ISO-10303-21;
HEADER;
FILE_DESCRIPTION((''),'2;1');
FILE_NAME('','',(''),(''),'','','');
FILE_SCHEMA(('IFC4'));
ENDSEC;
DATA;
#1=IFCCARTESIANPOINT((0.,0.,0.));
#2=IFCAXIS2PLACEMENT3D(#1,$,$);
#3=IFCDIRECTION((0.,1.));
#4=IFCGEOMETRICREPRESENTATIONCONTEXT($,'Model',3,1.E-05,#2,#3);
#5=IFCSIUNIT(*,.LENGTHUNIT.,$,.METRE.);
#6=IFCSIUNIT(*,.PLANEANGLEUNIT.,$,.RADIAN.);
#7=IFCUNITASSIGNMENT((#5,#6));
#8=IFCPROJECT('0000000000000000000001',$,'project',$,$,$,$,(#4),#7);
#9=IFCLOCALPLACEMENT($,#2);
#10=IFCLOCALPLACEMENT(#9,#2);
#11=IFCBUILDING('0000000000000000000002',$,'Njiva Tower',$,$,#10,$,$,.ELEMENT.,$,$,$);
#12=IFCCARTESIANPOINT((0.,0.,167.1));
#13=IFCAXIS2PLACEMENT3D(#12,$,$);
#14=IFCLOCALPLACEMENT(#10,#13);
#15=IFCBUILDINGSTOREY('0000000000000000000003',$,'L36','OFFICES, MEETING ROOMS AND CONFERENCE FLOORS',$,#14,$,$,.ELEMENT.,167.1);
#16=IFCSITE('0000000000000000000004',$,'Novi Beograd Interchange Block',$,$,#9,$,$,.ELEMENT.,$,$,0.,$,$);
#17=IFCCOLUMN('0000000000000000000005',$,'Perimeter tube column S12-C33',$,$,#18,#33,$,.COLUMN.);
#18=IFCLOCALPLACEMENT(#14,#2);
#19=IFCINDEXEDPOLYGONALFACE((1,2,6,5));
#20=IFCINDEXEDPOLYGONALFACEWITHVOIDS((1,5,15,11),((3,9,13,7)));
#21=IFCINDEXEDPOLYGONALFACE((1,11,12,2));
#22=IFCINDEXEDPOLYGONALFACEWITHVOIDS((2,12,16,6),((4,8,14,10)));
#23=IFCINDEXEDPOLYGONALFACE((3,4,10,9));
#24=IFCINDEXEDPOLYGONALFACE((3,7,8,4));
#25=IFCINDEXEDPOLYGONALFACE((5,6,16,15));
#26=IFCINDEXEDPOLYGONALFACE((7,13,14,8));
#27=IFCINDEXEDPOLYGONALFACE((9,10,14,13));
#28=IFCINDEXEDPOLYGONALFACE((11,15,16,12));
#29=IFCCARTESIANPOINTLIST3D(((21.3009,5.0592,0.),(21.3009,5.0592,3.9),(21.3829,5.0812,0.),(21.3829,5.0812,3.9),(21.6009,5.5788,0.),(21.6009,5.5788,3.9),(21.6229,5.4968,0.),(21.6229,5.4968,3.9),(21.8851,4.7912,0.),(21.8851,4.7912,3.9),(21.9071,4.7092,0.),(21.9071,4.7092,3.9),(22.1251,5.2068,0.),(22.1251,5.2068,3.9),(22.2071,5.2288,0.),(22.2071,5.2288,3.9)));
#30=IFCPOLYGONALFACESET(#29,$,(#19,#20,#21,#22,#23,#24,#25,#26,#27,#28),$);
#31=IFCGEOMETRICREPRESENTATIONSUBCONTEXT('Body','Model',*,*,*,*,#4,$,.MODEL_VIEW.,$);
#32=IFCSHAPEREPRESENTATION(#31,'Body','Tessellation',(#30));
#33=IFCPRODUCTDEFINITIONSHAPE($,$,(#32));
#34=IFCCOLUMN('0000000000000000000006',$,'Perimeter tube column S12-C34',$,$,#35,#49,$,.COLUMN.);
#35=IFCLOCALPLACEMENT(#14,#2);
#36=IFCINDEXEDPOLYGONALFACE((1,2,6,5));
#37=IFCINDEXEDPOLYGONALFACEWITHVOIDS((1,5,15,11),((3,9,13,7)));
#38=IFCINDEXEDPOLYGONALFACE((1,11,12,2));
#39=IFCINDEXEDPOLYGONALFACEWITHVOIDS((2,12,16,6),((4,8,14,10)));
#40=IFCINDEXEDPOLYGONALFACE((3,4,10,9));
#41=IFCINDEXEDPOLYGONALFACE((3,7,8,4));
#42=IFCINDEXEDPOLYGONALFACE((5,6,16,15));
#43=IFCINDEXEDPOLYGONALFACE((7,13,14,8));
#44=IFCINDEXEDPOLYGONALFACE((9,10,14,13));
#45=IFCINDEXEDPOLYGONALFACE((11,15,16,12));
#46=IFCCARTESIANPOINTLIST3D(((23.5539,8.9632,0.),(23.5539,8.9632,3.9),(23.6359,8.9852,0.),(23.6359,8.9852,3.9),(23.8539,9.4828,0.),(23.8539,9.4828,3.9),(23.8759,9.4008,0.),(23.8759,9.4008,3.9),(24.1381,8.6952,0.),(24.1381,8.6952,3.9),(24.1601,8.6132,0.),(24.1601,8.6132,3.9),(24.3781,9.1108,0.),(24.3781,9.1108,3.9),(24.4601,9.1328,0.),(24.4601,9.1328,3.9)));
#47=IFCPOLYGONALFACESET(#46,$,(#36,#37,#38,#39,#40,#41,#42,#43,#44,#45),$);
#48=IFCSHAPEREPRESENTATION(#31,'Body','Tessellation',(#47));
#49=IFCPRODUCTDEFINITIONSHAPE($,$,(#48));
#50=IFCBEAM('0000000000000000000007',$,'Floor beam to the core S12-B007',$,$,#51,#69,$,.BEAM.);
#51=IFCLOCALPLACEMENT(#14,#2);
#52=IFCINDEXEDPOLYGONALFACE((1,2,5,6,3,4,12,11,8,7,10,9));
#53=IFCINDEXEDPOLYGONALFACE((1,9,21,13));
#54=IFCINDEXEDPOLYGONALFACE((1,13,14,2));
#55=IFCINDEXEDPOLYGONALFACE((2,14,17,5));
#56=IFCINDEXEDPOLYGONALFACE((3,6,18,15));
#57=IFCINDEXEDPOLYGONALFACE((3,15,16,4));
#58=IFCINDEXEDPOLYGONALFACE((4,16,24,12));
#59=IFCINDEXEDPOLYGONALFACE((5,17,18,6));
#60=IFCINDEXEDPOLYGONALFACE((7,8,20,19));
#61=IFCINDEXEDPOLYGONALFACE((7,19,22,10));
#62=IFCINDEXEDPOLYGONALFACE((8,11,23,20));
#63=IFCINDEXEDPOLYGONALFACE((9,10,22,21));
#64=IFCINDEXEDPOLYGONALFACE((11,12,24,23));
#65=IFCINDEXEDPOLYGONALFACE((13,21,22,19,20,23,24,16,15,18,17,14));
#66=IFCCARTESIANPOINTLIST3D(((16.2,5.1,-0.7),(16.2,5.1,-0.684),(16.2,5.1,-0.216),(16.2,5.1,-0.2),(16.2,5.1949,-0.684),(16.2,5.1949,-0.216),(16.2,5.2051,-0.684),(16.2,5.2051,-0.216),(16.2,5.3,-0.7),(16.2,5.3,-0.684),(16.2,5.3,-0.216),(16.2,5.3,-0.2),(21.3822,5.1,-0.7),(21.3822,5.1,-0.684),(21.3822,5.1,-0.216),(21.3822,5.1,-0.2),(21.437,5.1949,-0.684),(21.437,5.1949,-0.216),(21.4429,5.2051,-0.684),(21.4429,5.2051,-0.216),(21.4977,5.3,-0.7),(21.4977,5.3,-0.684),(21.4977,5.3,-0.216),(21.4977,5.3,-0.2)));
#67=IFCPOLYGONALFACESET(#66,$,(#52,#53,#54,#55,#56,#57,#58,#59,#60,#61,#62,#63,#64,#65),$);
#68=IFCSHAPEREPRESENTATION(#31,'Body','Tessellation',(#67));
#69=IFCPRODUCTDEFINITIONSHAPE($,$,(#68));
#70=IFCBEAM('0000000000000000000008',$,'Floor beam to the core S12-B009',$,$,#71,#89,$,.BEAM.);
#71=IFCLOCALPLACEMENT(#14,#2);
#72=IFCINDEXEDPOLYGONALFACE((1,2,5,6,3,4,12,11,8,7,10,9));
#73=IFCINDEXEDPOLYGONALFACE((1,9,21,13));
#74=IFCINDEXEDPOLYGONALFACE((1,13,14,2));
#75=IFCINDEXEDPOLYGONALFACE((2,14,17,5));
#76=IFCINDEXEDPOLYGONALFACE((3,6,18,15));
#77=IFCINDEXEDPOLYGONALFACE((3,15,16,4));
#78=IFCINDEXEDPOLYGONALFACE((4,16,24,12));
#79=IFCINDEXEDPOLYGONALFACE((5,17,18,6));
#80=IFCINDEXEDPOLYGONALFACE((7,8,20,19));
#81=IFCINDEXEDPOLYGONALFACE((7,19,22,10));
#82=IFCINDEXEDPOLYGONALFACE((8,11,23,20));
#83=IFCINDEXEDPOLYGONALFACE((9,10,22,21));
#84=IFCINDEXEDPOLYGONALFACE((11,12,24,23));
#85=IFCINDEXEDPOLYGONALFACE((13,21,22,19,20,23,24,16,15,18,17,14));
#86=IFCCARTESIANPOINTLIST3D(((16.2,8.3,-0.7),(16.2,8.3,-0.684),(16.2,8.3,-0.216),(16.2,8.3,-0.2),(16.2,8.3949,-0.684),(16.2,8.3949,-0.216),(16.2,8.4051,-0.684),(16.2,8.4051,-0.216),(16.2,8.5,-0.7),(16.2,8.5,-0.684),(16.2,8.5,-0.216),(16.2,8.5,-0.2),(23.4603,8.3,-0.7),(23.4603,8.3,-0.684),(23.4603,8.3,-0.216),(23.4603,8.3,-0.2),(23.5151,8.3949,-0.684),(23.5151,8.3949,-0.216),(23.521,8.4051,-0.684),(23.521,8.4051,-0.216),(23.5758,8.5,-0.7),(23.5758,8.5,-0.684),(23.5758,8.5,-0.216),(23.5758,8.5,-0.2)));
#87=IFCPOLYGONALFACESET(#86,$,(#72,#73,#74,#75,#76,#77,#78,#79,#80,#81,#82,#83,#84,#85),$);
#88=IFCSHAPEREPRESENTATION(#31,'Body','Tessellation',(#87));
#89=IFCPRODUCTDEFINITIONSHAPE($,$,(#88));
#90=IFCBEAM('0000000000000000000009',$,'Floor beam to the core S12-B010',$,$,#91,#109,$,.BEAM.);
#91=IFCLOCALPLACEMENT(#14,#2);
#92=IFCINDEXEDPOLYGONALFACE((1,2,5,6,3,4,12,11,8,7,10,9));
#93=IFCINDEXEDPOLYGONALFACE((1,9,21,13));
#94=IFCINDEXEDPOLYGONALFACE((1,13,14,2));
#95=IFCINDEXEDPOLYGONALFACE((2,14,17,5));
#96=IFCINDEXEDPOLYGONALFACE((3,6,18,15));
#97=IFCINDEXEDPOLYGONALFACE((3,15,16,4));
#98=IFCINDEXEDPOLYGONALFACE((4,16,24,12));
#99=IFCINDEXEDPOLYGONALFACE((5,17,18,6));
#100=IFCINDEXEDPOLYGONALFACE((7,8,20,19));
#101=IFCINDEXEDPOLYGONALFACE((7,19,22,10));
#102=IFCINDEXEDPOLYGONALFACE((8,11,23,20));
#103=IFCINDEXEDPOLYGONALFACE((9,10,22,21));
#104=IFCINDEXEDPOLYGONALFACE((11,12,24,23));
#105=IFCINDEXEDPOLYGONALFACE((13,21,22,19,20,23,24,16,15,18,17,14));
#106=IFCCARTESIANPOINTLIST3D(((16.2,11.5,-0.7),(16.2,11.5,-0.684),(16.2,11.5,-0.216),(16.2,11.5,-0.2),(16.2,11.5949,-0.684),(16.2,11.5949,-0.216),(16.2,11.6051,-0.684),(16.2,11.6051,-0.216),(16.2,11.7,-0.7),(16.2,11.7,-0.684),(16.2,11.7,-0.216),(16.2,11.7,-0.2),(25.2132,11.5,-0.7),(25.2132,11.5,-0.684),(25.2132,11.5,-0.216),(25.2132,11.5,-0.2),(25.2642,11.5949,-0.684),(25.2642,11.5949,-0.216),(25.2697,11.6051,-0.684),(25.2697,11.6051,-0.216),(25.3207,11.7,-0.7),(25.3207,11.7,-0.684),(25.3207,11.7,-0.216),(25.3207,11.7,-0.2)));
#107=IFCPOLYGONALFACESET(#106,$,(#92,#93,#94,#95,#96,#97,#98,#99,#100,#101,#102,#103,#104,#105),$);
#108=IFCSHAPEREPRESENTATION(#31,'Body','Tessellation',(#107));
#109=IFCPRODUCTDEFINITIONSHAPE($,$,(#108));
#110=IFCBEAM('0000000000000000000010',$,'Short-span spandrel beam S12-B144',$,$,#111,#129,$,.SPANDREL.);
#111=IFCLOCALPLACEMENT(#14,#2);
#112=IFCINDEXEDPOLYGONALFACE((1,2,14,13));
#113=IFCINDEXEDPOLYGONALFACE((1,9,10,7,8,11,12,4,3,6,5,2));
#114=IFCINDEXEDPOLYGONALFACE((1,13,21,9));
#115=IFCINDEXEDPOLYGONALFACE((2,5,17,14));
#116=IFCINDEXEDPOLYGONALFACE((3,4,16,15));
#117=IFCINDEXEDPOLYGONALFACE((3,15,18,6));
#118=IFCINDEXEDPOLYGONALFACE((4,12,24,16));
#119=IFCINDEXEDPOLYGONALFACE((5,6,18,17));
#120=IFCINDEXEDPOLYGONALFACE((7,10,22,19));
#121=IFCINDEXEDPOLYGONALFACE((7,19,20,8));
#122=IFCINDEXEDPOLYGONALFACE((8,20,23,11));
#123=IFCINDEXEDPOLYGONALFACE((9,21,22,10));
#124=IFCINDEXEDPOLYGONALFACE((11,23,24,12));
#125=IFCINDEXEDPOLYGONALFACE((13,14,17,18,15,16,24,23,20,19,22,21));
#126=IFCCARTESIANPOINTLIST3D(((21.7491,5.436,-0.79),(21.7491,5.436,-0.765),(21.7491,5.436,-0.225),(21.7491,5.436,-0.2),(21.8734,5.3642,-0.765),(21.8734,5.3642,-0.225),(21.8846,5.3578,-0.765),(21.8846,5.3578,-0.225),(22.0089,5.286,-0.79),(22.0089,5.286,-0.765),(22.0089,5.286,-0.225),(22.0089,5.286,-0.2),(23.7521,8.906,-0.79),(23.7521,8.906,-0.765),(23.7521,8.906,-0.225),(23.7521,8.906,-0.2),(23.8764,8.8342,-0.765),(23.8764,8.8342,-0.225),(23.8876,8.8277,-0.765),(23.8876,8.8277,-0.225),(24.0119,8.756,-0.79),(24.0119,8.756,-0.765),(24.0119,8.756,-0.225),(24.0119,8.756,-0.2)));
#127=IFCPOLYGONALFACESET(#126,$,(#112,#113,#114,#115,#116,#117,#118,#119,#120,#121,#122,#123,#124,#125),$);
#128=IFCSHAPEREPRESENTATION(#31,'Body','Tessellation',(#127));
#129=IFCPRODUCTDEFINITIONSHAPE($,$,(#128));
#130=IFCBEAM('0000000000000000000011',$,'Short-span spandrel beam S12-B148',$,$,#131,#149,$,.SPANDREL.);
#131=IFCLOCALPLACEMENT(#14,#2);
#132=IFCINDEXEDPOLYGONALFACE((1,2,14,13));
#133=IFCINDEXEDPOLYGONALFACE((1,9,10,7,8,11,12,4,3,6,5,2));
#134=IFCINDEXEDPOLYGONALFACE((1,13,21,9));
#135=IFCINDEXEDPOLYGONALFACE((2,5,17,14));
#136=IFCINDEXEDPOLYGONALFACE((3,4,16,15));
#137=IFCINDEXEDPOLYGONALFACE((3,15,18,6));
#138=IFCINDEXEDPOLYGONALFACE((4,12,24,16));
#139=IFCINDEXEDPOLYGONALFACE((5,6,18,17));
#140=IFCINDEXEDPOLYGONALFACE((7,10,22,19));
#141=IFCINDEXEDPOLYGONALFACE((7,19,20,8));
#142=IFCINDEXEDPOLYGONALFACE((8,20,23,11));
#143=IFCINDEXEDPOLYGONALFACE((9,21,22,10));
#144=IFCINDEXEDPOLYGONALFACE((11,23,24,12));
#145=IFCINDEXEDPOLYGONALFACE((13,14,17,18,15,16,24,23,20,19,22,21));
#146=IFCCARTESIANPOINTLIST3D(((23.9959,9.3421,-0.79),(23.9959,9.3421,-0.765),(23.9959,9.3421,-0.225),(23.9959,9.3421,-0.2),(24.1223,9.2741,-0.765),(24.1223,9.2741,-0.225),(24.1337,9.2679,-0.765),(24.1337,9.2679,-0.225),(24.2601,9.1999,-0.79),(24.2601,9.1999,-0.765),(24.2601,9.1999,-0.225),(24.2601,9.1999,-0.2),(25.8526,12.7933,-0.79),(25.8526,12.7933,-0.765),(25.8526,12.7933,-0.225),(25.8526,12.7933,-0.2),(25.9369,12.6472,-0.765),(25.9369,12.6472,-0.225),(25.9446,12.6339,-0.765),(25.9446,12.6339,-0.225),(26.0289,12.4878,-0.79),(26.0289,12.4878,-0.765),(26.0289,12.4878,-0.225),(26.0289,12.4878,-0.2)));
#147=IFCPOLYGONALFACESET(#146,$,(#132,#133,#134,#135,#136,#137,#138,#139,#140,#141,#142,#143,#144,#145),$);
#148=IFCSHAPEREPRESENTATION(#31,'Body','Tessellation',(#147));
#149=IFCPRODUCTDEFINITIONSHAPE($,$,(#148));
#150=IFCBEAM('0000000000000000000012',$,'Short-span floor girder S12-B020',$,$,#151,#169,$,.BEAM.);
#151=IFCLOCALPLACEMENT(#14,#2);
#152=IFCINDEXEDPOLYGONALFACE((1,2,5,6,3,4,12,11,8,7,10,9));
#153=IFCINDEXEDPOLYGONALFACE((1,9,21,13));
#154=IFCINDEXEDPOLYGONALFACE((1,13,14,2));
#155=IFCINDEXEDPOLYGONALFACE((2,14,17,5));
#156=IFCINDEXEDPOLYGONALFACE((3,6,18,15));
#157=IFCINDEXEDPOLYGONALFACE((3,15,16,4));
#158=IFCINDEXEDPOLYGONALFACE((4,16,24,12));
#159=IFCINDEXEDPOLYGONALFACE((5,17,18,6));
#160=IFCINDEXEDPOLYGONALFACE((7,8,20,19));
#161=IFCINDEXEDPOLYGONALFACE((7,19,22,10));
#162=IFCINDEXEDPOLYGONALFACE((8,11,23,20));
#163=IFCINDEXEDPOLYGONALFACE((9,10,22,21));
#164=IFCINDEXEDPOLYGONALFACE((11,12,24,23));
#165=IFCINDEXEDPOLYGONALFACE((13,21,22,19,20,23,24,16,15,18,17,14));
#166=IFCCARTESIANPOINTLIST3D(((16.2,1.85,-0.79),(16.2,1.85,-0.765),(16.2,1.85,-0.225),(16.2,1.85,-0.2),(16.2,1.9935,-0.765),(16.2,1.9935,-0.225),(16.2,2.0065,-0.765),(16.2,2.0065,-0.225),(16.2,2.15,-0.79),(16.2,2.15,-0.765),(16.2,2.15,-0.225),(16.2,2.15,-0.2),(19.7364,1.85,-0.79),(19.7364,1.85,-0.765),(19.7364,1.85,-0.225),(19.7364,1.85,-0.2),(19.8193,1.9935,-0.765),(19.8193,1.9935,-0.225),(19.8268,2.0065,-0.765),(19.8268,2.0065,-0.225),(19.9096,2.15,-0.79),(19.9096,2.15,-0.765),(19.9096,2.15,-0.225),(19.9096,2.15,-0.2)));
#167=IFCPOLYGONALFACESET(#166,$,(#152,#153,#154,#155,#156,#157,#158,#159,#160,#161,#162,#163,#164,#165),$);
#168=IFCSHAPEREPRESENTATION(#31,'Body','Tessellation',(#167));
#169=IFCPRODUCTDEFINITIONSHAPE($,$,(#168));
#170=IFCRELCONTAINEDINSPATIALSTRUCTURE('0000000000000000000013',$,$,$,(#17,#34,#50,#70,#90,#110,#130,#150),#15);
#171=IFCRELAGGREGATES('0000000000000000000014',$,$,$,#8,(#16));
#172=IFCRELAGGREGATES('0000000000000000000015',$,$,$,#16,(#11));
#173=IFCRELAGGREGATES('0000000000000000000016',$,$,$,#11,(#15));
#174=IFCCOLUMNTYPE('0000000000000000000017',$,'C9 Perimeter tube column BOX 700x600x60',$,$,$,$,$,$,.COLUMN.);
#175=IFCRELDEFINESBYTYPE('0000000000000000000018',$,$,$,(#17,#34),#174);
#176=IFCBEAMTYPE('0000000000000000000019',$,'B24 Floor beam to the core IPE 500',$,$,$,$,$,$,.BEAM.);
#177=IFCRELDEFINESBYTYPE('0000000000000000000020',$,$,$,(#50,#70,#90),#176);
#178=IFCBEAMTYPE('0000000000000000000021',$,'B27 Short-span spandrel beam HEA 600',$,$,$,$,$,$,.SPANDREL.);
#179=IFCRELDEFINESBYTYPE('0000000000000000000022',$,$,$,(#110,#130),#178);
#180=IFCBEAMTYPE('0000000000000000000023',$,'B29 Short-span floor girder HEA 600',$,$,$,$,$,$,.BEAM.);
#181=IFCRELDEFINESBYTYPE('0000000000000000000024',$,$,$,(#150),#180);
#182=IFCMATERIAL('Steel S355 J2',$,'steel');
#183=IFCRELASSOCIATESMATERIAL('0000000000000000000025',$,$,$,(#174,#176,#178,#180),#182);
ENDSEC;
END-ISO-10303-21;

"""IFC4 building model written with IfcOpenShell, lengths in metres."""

from ifc_helpers import new_model, si_unit, direction, frame, origin, origin_2d, place, context, subcontext, project, spatial, hollow_rectangle, i_section, extrude, clip, halfspace, material, material_profile, profile_set, type_object, element, save


model = new_model("IFC4")

# Units and contexts
model_context = context("Model", 3, precision=1e-05, world=origin(), true_north=direction((0.0, 1.0)))
body_context = subcontext(model_context, "Body", "Model", "MODEL_VIEW")
ifc_project = project(units=[si_unit("LENGTHUNIT", "METRE"), si_unit("PLANEANGLEUNIT", "RADIAN")], contexts=[model_context])

# Site, building, storey
site_placement = place(None, origin())
site = spatial("IfcSite", under=ifc_project, at=site_placement, Name="Novi Beograd Interchange Block", CompositionType="ELEMENT", RefElevation=0.0)
building_placement = place(site_placement, origin())
building = spatial("IfcBuilding", under=site, at=building_placement, Name="Njiva Tower", CompositionType="ELEMENT")
storey_placement = place(building_placement, frame((0.0, 0.0, 167.1)))
storey = spatial("IfcBuildingStorey", under=building, at=storey_placement, Name="L36", Description="OFFICES, MEETING ROOMS AND CONFERENCE FLOORS", CompositionType="ELEMENT", Elevation=167.1)

# Columns
ifc_material_1 = material(Name="Steel S355 J2", Category="steel")
ifc_material_profile_1 = material_profile(ifc_material_1, hollow_rectangle(XDim=0.6, YDim=0.7, WallThickness=0.06, at=origin_2d()), Name="BOX 700x600x60")
ifc_profile_set_1 = profile_set([ifc_material_profile_1], Name="Steel S355 J2")
column_type = type_object("IfcColumnType", Name="C9 Perimeter tube column BOX 700x600x60", PredefinedType="COLUMN", material=ifc_profile_set_1)
for number, where, z_axis, x_axis, name in (
    (1, (21.754, 5.144, 0.0), (0.0, 0.0, 1.0), (0.5, 0.866025, 0.0), "Perimeter tube column S12-C33"),
    (2, (24.007, 9.048, 0.0), (0.0, 0.0, 1.0), (0.5, 0.866025, 0.0), "Perimeter tube column S12-C34"),
):
    element("IfcColumn", number, at=place(storey_placement, frame(where, z_axis=z_axis, x_axis=x_axis)), inside=storey, type_object=column_type, Name=name, PredefinedType="COLUMN", context=body_context, shape_type="SweptSolid", body=[
        extrude(hollow_rectangle(XDim=0.6, YDim=0.7, WallThickness=0.06, at=origin_2d()), origin(), (0.0, 0.0, 1.0), 3.9),
    ])

# Beams
ifc_material_profile_2 = material_profile(ifc_material_1, i_section(OverallWidth=0.2, OverallDepth=0.5, WebThickness=0.0102, FlangeThickness=0.016, at=origin_2d()), Name="IPE 500")
ifc_profile_set_2 = profile_set([ifc_material_profile_2], Name="Steel S355 J2")
beam_type_1 = type_object("IfcBeamType", Name="B24 Floor beam to the core IPE 500", PredefinedType="BEAM", material=ifc_profile_set_2)
beam_1_placement = place(storey_placement, frame((16.2, 5.2, -0.45), z_axis=(1.0, 0.0, 0.0), x_axis=(0.0, 1.0, 0.0)))
element("IfcBeam", 3, at=beam_1_placement, inside=storey, type_object=beam_type_1, Name="Floor beam to the core S12-B007", PredefinedType="BEAM", context=body_context, shape_type="Clipping", body=[
    clip(extrude(i_section(OverallWidth=0.2, OverallDepth=0.5, WebThickness=0.0102, FlangeThickness=0.016, at=origin_2d()), origin(), (0.0, 0.0, 1.0), 5.318), halfspace(frame((-0.025, 0.0, 5.2255), z_axis=(-0.499998, 0.0, 0.866027), x_axis=(0.0, 1.0, 0.0)), False)),
])
beam_2_placement = place(storey_placement, frame((16.2, 8.4, -0.45), z_axis=(1.0, 0.0, 0.0), x_axis=(0.0, 1.0, 0.0)))
element("IfcBeam", 4, at=beam_2_placement, inside=storey, type_object=beam_type_1, Name="Floor beam to the core S12-B009", PredefinedType="BEAM", context=body_context, shape_type="Clipping", body=[
    clip(extrude(i_section(OverallWidth=0.2, OverallDepth=0.5, WebThickness=0.0102, FlangeThickness=0.016, at=origin_2d()), origin(), (0.0, 0.0, 1.0), 7.396), halfspace(frame((-0.025, 0.0, 7.3036), z_axis=(-0.499998, 0.0, 0.866027), x_axis=(0.0, 1.0, 0.0)), False)),
])
beam_3_placement = place(storey_placement, frame((16.2, 11.6, -0.45), z_axis=(1.0, 0.0, 0.0), x_axis=(0.0, 1.0, 0.0)))
element("IfcBeam", 5, at=beam_3_placement, inside=storey, type_object=beam_type_1, Name="Floor beam to the core S12-B010", PredefinedType="BEAM", context=body_context, shape_type="Clipping", body=[
    clip(extrude(i_section(OverallWidth=0.2, OverallDepth=0.5, WebThickness=0.0102, FlangeThickness=0.016, at=origin_2d()), origin(), (0.0, 0.0, 1.0), 9.141), halfspace(frame((-0.0237, 0.0, 9.0542), z_axis=(-0.473769, 0.0, 0.880649), x_axis=(0.0, 1.0, 0.0)), False)),
])
ifc_material_profile_3 = material_profile(ifc_material_1, i_section(OverallWidth=0.3, OverallDepth=0.59, WebThickness=0.013, FlangeThickness=0.025, at=origin_2d()), Name="HEA 600")
ifc_profile_set_3 = profile_set([ifc_material_profile_3], Name="Steel S355 J2")
beam_type_2 = type_object("IfcBeamType", Name="B27 Short-span spandrel beam HEA 600", PredefinedType="SPANDREL", material=ifc_profile_set_3)
beam_4_placement = place(storey_placement, frame((21.879, 5.361, -0.495), z_axis=(0.499924, 0.866069, 0.0), x_axis=(-0.866069, 0.499924, 0.0)))
element("IfcBeam", 6, at=beam_4_placement, inside=storey, type_object=beam_type_2, Name="Short-span spandrel beam S12-B144", PredefinedType="SPANDREL", context=body_context, shape_type="SweptSolid", body=[
    extrude(i_section(OverallWidth=0.3, OverallDepth=0.59, WebThickness=0.013, FlangeThickness=0.025, at=origin_2d()), origin(), (0.0, 0.0, 1.0), 4.0066),
])
beam_5_placement = place(storey_placement, frame((24.128, 9.271, -0.495), z_axis=(0.473773, 0.880647, 0.0), x_axis=(-0.880647, 0.473773, 0.0)))
element("IfcBeam", 7, at=beam_5_placement, inside=storey, type_object=beam_type_2, Name="Short-span spandrel beam S12-B148", PredefinedType="SPANDREL", context=body_context, shape_type="Clipping", body=[
    clip(extrude(i_section(OverallWidth=0.3, OverallDepth=0.59, WebThickness=0.013, FlangeThickness=0.025, at=origin_2d()), origin(), (0.0, 0.0, 1.0), 3.9397), halfspace(frame((-0.0259, 0.0, 3.8102), z_axis=(-0.525779, 0.0, 0.850621), x_axis=(0.0, 1.0, 0.0)), False)),
])
ifc_material_profile_4 = material_profile(ifc_material_1, i_section(OverallWidth=0.3, OverallDepth=0.59, WebThickness=0.013, FlangeThickness=0.025, at=origin_2d()), Name="HEA 600")
ifc_profile_set_4 = profile_set([ifc_material_profile_4], Name="Steel S355 J2")
beam_type_3 = type_object("IfcBeamType", Name="B29 Short-span floor girder HEA 600", PredefinedType="BEAM", material=ifc_profile_set_4)
beam_6_placement = place(storey_placement, frame((16.2, 2.0, -0.495), z_axis=(1.0, 0.0, 0.0), x_axis=(0.0, 1.0, 0.0)))
element("IfcBeam", 8, at=beam_6_placement, inside=storey, type_object=beam_type_3, Name="Short-span floor girder S12-B020", PredefinedType="BEAM", context=body_context, shape_type="Clipping", body=[
    clip(extrude(i_section(OverallWidth=0.3, OverallDepth=0.59, WebThickness=0.013, FlangeThickness=0.025, at=origin_2d()), origin(), (0.0, 0.0, 1.0), 3.73), halfspace(frame((-0.025, 0.0, 3.6086), z_axis=(-0.499998, 0.0, 0.866027), x_axis=(0.0, 1.0, 0.0)), False)),
])

save(model, "model.ifc")
